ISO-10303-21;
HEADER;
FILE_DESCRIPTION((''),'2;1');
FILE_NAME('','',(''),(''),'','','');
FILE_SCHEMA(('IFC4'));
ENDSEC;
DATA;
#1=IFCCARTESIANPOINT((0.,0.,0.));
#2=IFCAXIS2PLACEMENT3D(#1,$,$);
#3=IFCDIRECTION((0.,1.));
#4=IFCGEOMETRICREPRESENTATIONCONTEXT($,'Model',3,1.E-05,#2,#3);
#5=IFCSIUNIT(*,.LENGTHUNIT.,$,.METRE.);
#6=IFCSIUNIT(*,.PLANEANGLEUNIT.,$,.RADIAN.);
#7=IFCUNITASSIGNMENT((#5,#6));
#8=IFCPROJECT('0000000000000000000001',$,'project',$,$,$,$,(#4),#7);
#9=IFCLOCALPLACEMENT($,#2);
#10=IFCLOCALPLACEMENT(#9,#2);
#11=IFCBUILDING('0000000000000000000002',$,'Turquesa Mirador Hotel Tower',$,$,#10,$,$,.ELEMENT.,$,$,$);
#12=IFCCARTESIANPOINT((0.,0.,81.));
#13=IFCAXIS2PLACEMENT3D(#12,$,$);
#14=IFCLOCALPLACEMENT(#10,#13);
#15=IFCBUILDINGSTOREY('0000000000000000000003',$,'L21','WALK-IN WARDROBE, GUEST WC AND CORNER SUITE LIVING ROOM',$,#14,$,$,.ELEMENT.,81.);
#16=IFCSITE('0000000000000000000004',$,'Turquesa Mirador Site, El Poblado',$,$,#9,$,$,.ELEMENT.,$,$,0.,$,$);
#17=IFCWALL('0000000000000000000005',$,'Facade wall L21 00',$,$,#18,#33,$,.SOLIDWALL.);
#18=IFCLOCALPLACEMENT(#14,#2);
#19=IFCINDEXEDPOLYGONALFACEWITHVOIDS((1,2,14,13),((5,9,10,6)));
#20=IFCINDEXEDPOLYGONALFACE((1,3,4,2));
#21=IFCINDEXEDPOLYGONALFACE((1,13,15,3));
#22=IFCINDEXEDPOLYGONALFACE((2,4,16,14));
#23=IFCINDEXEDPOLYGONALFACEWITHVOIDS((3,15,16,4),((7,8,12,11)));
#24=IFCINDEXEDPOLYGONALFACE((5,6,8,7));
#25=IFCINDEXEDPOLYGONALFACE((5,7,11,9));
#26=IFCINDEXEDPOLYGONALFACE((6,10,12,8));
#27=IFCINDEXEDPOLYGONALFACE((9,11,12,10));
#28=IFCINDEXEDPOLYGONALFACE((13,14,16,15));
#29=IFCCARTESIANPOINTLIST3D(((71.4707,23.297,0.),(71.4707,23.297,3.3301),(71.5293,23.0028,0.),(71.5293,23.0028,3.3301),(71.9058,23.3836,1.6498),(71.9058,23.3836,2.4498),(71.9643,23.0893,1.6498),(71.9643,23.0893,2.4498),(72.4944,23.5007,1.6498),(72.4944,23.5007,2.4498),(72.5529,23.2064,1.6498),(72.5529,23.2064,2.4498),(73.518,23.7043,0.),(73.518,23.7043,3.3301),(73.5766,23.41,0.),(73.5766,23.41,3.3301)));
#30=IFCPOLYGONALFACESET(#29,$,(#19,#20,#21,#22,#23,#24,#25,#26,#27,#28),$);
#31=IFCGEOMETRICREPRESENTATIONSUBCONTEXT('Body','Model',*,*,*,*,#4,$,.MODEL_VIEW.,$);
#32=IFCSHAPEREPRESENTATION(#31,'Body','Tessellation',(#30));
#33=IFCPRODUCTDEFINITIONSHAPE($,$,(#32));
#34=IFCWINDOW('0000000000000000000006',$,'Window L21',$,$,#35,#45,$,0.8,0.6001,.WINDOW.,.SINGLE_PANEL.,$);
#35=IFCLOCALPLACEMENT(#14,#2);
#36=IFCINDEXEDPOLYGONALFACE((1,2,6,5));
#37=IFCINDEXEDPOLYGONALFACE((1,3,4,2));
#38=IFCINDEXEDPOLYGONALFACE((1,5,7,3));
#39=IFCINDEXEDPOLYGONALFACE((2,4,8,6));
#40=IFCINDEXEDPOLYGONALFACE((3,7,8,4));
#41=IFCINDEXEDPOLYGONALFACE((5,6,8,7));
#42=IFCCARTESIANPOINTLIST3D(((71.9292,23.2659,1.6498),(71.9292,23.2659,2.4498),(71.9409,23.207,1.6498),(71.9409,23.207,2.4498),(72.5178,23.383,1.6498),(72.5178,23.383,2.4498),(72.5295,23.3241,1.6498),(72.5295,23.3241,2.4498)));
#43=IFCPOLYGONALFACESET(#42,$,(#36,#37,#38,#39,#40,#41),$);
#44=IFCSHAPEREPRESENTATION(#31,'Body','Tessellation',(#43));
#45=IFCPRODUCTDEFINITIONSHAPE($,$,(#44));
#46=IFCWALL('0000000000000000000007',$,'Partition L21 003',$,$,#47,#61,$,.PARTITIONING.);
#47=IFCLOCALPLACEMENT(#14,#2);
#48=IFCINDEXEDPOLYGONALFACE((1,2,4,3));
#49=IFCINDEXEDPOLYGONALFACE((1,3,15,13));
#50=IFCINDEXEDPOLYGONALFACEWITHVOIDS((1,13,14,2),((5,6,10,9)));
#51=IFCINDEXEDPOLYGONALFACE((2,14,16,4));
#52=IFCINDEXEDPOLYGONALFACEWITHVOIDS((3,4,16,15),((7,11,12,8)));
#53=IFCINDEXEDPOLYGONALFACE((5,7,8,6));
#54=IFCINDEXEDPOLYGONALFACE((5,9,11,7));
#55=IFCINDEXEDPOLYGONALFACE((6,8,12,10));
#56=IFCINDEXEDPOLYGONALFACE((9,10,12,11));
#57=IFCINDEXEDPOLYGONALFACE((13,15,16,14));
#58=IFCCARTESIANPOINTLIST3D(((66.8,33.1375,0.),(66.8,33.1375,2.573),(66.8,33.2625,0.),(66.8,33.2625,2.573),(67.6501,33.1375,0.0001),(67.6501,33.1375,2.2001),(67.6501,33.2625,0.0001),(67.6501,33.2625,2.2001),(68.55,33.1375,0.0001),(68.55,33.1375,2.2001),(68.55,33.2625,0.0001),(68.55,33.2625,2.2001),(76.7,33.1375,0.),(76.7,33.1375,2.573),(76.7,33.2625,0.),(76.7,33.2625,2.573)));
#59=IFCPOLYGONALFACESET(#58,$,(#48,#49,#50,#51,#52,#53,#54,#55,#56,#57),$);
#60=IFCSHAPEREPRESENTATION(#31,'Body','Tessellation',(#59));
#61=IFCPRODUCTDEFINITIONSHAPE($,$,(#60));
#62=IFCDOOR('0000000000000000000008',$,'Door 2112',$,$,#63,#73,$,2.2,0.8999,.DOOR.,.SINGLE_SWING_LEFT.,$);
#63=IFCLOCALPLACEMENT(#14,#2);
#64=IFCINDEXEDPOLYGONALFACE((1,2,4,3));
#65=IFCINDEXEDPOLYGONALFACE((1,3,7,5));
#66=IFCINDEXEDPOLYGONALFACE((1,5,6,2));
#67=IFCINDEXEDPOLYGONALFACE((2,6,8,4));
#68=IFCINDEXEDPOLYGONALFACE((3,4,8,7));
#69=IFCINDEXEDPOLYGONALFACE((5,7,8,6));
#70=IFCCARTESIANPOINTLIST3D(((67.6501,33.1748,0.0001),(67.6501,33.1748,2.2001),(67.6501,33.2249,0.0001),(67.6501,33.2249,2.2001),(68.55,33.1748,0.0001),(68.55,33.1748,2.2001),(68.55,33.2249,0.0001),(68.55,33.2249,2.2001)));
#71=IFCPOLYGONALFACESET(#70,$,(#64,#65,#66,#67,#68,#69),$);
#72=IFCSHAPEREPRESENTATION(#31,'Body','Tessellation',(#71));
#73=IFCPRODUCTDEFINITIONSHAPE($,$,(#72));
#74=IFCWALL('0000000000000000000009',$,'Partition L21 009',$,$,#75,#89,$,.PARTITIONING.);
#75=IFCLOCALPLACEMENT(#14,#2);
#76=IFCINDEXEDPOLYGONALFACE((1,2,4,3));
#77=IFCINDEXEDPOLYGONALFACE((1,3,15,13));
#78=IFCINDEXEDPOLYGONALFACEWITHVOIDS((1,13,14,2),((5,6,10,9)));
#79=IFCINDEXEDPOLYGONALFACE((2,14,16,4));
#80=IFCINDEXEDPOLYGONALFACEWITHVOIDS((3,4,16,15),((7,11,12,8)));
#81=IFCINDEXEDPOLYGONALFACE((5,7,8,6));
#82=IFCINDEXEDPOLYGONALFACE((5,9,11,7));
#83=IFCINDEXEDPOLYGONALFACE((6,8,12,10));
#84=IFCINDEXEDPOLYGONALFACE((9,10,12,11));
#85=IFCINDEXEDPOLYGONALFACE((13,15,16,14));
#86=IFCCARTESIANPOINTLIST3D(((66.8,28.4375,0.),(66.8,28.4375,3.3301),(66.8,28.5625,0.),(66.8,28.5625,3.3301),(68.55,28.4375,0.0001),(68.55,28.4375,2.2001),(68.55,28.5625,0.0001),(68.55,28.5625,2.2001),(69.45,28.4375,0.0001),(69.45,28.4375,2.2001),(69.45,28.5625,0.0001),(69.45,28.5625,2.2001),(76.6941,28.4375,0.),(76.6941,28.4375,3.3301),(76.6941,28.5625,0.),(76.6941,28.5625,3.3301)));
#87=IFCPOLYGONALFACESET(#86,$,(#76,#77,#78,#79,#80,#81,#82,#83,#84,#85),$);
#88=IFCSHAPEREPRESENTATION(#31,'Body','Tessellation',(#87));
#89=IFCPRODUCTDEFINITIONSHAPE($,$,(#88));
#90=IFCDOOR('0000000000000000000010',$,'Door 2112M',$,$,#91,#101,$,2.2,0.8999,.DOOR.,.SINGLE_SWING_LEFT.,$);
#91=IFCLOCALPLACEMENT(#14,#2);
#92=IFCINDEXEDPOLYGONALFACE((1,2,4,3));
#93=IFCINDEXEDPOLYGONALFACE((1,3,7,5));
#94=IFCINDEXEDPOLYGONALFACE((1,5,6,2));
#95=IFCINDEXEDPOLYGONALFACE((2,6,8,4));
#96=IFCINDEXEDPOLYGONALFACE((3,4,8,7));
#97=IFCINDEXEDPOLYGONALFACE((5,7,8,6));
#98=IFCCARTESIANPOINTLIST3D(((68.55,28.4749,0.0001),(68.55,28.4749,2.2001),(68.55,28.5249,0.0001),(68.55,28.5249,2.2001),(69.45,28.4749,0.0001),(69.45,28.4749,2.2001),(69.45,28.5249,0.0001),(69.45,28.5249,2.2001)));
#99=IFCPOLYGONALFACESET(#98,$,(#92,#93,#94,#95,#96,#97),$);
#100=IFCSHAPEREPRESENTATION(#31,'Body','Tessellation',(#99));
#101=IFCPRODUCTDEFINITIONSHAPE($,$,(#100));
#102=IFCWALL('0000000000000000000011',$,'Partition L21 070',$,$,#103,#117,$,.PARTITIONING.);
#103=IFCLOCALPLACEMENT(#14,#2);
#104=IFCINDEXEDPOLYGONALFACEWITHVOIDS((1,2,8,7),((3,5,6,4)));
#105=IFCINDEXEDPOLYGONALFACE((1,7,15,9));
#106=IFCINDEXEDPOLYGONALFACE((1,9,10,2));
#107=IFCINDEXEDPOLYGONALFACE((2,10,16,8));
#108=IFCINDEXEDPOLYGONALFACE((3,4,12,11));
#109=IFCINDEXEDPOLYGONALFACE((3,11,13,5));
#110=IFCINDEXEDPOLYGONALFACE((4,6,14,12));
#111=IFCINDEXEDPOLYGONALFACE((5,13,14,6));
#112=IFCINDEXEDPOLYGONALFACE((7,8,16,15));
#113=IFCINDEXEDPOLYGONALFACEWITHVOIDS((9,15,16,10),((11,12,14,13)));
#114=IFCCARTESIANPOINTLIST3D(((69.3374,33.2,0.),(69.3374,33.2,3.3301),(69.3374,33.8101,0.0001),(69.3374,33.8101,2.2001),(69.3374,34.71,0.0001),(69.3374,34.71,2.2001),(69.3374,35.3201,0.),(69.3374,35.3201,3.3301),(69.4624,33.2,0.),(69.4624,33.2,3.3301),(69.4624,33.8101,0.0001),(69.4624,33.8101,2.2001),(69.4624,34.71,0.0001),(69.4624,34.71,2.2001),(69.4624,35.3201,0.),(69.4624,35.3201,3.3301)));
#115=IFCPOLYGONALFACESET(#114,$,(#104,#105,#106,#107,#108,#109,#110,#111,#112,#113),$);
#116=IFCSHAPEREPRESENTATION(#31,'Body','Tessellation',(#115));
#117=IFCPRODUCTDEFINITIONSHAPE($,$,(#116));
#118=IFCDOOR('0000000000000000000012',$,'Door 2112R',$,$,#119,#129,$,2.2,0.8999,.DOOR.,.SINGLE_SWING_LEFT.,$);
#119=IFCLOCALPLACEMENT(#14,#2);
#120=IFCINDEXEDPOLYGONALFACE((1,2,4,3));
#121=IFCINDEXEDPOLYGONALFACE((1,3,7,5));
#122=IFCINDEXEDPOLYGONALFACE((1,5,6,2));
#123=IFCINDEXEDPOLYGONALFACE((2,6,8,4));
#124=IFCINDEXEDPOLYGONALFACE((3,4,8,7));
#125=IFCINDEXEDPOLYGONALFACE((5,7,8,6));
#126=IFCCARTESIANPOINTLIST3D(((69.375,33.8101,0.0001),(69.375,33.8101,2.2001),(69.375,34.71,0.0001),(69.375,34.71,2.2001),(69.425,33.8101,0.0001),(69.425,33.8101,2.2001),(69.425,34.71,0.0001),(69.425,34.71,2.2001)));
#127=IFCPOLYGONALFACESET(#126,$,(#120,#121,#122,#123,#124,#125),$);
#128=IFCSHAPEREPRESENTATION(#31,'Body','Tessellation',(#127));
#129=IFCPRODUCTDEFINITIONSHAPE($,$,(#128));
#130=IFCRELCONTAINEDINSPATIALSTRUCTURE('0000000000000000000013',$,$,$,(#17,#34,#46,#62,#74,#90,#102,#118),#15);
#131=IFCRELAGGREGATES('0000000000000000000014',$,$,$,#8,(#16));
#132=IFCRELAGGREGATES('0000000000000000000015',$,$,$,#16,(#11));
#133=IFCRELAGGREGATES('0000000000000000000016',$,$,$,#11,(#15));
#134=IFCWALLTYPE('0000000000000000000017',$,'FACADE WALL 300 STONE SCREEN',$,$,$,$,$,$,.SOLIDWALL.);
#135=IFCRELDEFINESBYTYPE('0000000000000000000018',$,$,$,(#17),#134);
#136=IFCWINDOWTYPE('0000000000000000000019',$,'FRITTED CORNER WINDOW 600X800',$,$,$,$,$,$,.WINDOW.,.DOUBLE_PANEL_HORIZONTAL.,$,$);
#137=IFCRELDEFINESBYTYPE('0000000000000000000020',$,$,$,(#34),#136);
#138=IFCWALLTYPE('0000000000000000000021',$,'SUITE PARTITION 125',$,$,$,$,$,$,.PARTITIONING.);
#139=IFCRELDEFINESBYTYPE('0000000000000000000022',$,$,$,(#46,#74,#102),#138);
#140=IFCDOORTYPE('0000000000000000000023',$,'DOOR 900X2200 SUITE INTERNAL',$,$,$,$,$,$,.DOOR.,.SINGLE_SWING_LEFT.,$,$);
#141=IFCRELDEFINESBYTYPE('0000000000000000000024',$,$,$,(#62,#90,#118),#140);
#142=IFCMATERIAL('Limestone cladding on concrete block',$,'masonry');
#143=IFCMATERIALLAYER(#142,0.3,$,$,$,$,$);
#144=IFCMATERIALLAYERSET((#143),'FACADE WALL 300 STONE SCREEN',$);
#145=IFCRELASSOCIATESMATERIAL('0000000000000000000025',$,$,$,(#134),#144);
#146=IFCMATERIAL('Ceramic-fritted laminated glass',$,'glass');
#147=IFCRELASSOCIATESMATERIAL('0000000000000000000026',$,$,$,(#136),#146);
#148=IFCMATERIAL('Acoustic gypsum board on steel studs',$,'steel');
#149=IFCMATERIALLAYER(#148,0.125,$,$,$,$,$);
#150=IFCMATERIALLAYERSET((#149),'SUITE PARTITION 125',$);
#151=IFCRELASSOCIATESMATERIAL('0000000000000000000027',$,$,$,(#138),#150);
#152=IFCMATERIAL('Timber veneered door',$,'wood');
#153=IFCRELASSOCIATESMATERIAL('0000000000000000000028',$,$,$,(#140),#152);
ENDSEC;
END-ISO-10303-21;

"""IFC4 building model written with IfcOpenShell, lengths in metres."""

from ifc_helpers import new_model, si_unit, direction, frame, frame_2d, origin, place, context, subcontext, project, spatial, rectangle, extrude, material, layer, layer_set, type_object, element, fill, save


model = new_model("IFC4")

# Units and contexts
model_context = context("Model", 3, precision=1e-05, world=origin(), true_north=direction((0.0, 1.0)))
body_context = subcontext(model_context, "Body", "Model", "MODEL_VIEW")
ifc_project = project(units=[si_unit("LENGTHUNIT", "METRE"), si_unit("PLANEANGLEUNIT", "RADIAN")], contexts=[model_context])

# Site, building, storey
site_placement = place(None, origin())
site = spatial("IfcSite", under=ifc_project, at=site_placement, Name="Turquesa Mirador Site, El Poblado", CompositionType="ELEMENT", RefElevation=0.0)
building_placement = place(site_placement, origin())
building = spatial("IfcBuilding", under=site, at=building_placement, Name="Turquesa Mirador Hotel Tower", CompositionType="ELEMENT")
storey_placement = place(building_placement, frame((0.0, 0.0, 81.0)))
storey = spatial("IfcBuildingStorey", under=building, at=storey_placement, Name="L21", Description="WALK-IN WARDROBE, GUEST WC AND CORNER SUITE LIVING ROOM", CompositionType="ELEMENT", Elevation=81.0)

# Wall, opening, window
ifc_material_1 = material(Name="Limestone cladding on concrete block", Category="masonry")
ifc_layer_1 = layer(ifc_material_1, 0.3)
ifc_layer_set_1 = layer_set([ifc_layer_1], Name="FACADE WALL 300 STONE SCREEN")
wall_type_1 = type_object("IfcWallType", Name="FACADE WALL 300 STONE SCREEN", PredefinedType="SOLIDWALL", material=ifc_layer_set_1)
wall_1_placement = place(storey_placement, frame((71.5, 23.1499, 0.0), z_axis=(0.0, 0.0, 1.0), x_axis=(0.980787, 0.195081, 0.0)))
wall_1 = element("IfcWall", 1, at=wall_1_placement, inside=storey, type_object=wall_type_1, Name="Facade wall L21 00", PredefinedType="SOLIDWALL", context=body_context, shape_type="SweptSolid", body=[
    extrude(rectangle(XDim=2.0874, YDim=0.3, at=frame_2d((1.0437, 0.0))), origin(), (0.0, 0.0, 1.0), 3.3301),
])
opening_1_placement = place(wall_1_placement, frame((0.4436, 0.0, 1.6499)))
opening_1 = element("IfcOpeningElement", 2, at=opening_1_placement, cuts=wall_1, PredefinedType="OPENING", context=body_context, shape_type="SweptSolid", body=[
    extrude(rectangle(XDim=0.6001, YDim=0.8, at=frame_2d((0.3, 0.3999))), frame((0.0, 0.1599, 0.0), z_axis=(0.0, -1.0, 0.0), x_axis=(1.0, 0.0, 0.0)), (0.0, 0.0, 1.0), 0.3201),
])
ifc_material_2 = material(Name="Ceramic-fritted laminated glass", Category="glass")
window_type = type_object("IfcWindowType", Name="FRITTED CORNER WINDOW 600X800", PartitioningType="DOUBLE_PANEL_HORIZONTAL", PredefinedType="WINDOW", material=ifc_material_2)
window_placement = place(opening_1_placement, origin())
window = element("IfcWindow", 3, at=window_placement, inside=storey, type_object=window_type, Name="Window L21", OverallHeight=0.8, OverallWidth=0.6001, PartitioningType="SINGLE_PANEL", PredefinedType="WINDOW", context=body_context, shape_type="SweptSolid", body=[
    extrude(rectangle(XDim=0.6001, YDim=0.8, at=frame_2d((0.3, 0.3999))), frame((0.0, 0.03, 0.0), z_axis=(0.0, -1.0, 0.0), x_axis=(1.0, 0.0, 0.0)), (0.0, 0.0, 1.0), 0.0601),
])
fill(opening_1, window)

# Walls, openings, doors
ifc_material_3 = material(Name="Acoustic gypsum board on steel studs", Category="steel")
ifc_layer_2 = layer(ifc_material_3, 0.125)
ifc_layer_set_2 = layer_set([ifc_layer_2], Name="SUITE PARTITION 125")
wall_type_2 = type_object("IfcWallType", Name="SUITE PARTITION 125", PredefinedType="PARTITIONING", material=ifc_layer_set_2)
wall_2_placement = place(storey_placement, frame((66.8, 33.2, 0.0), z_axis=(0.0, 0.0, 1.0), x_axis=(1.0, 0.0, 0.0)))
wall_2 = element("IfcWall", 4, at=wall_2_placement, inside=storey, type_object=wall_type_2, Name="Partition L21 003", PredefinedType="PARTITIONING", context=body_context, shape_type="SweptSolid", body=[
    extrude(rectangle(XDim=9.8999, YDim=0.125, at=frame_2d((4.95, 0.0))), origin(), (0.0, 0.0, 1.0), 2.573),
])
opening_2_placement = place(wall_2_placement, frame((0.8501, 0.0, 0.0)))
opening_2 = element("IfcOpeningElement", 5, at=opening_2_placement, cuts=wall_2, PredefinedType="OPENING", context=body_context, shape_type="SweptSolid", body=[
    extrude(rectangle(XDim=0.8999, YDim=2.2, at=frame_2d((0.45, 1.1001))), frame((0.0, 0.0725, 0.0), z_axis=(0.0, -1.0, 0.0), x_axis=(1.0, 0.0, 0.0)), (0.0, 0.0, 1.0), 0.145),
])
ifc_material_4 = material(Name="Timber veneered door", Category="wood")
door_type_1 = type_object("IfcDoorType", Name="DOOR 900X2200 SUITE INTERNAL", OperationType="SINGLE_SWING_LEFT", PredefinedType="DOOR", material=ifc_material_4)
door_1_placement = place(opening_2_placement, origin())
door_1 = element("IfcDoor", 6, at=door_1_placement, inside=storey, type_object=door_type_1, Name="Door 2112", OperationType="SINGLE_SWING_LEFT", OverallHeight=2.2, OverallWidth=0.8999, PredefinedType="DOOR", context=body_context, shape_type="SweptSolid", body=[
    extrude(rectangle(XDim=0.8999, YDim=2.2, at=frame_2d((0.45, 1.1001))), frame((0.0, 0.0249, 0.0), z_axis=(0.0, -1.0, 0.0), x_axis=(1.0, 0.0, 0.0)), (0.0, 0.0, 1.0), 0.05),
])
fill(opening_2, door_1)
wall_3_placement = place(storey_placement, frame((66.8, 28.5, 0.0), z_axis=(0.0, 0.0, 1.0), x_axis=(1.0, 0.0, 0.0)))
wall_3 = element("IfcWall", 7, at=wall_3_placement, inside=storey, type_object=wall_type_2, Name="Partition L21 009", PredefinedType="PARTITIONING", context=body_context, shape_type="SweptSolid", body=[
    extrude(rectangle(XDim=9.894, YDim=0.125, at=frame_2d((4.947, 0.0))), origin(), (0.0, 0.0, 1.0), 3.3301),
])
opening_3_placement = place(wall_3_placement, frame((1.75, 0.0, 0.0)))
opening_3 = element("IfcOpeningElement", 8, at=opening_3_placement, cuts=wall_3, PredefinedType="OPENING", context=body_context, shape_type="SweptSolid", body=[
    extrude(rectangle(XDim=0.8999, YDim=2.2, at=frame_2d((0.45, 1.1001))), frame((0.0, 0.0725, 0.0), z_axis=(0.0, -1.0, 0.0), x_axis=(1.0, 0.0, 0.0)), (0.0, 0.0, 1.0), 0.145),
])
door_2_placement = place(opening_3_placement, origin())
door_2 = element("IfcDoor", 9, at=door_2_placement, inside=storey, type_object=door_type_1, Name="Door 2112M", OperationType="SINGLE_SWING_LEFT", OverallHeight=2.2, OverallWidth=0.8999, PredefinedType="DOOR", context=body_context, shape_type="SweptSolid", body=[
    extrude(rectangle(XDim=0.8999, YDim=2.2, at=frame_2d((0.45, 1.1001))), frame((0.0, 0.0249, 0.0), z_axis=(0.0, -1.0, 0.0), x_axis=(1.0, 0.0, 0.0)), (0.0, 0.0, 1.0), 0.05),
])
fill(opening_3, door_2)
wall_4_placement = place(storey_placement, frame((69.3999, 33.2, 0.0), z_axis=(0.0, 0.0, 1.0), x_axis=(0.0, 1.0, 0.0)))
wall_4 = element("IfcWall", 10, at=wall_4_placement, inside=storey, type_object=wall_type_2, Name="Partition L21 070", PredefinedType="PARTITIONING", context=body_context, shape_type="SweptSolid", body=[
    extrude(rectangle(XDim=2.1201, YDim=0.125, at=frame_2d((1.0601, 0.0))), origin(), (0.0, 0.0, 1.0), 3.3301),
])
opening_4_placement = place(wall_4_placement, frame((0.6101, 0.0, 0.0)))
opening_4 = element("IfcOpeningElement", 11, at=opening_4_placement, cuts=wall_4, PredefinedType="OPENING", context=body_context, shape_type="SweptSolid", body=[
    extrude(rectangle(XDim=0.8999, YDim=2.2, at=frame_2d((0.45, 1.1001))), frame((0.0, 0.0725, 0.0), z_axis=(0.0, -1.0, 0.0), x_axis=(1.0, 0.0, 0.0)), (0.0, 0.0, 1.0), 0.145),
])
door_3_placement = place(opening_4_placement, origin())
door_3 = element("IfcDoor", 12, at=door_3_placement, inside=storey, type_object=door_type_1, Name="Door 2112R", OperationType="SINGLE_SWING_LEFT", OverallHeight=2.2, OverallWidth=0.8999, PredefinedType="DOOR", context=body_context, shape_type="SweptSolid", body=[
    extrude(rectangle(XDim=0.8999, YDim=2.2, at=frame_2d((0.45, 1.1001))), frame((0.0, 0.0249, 0.0), z_axis=(0.0, -1.0, 0.0), x_axis=(1.0, 0.0, 0.0)), (0.0, 0.0, 1.0), 0.05),
])
fill(opening_4, door_3)

save(model, "model.ifc")
